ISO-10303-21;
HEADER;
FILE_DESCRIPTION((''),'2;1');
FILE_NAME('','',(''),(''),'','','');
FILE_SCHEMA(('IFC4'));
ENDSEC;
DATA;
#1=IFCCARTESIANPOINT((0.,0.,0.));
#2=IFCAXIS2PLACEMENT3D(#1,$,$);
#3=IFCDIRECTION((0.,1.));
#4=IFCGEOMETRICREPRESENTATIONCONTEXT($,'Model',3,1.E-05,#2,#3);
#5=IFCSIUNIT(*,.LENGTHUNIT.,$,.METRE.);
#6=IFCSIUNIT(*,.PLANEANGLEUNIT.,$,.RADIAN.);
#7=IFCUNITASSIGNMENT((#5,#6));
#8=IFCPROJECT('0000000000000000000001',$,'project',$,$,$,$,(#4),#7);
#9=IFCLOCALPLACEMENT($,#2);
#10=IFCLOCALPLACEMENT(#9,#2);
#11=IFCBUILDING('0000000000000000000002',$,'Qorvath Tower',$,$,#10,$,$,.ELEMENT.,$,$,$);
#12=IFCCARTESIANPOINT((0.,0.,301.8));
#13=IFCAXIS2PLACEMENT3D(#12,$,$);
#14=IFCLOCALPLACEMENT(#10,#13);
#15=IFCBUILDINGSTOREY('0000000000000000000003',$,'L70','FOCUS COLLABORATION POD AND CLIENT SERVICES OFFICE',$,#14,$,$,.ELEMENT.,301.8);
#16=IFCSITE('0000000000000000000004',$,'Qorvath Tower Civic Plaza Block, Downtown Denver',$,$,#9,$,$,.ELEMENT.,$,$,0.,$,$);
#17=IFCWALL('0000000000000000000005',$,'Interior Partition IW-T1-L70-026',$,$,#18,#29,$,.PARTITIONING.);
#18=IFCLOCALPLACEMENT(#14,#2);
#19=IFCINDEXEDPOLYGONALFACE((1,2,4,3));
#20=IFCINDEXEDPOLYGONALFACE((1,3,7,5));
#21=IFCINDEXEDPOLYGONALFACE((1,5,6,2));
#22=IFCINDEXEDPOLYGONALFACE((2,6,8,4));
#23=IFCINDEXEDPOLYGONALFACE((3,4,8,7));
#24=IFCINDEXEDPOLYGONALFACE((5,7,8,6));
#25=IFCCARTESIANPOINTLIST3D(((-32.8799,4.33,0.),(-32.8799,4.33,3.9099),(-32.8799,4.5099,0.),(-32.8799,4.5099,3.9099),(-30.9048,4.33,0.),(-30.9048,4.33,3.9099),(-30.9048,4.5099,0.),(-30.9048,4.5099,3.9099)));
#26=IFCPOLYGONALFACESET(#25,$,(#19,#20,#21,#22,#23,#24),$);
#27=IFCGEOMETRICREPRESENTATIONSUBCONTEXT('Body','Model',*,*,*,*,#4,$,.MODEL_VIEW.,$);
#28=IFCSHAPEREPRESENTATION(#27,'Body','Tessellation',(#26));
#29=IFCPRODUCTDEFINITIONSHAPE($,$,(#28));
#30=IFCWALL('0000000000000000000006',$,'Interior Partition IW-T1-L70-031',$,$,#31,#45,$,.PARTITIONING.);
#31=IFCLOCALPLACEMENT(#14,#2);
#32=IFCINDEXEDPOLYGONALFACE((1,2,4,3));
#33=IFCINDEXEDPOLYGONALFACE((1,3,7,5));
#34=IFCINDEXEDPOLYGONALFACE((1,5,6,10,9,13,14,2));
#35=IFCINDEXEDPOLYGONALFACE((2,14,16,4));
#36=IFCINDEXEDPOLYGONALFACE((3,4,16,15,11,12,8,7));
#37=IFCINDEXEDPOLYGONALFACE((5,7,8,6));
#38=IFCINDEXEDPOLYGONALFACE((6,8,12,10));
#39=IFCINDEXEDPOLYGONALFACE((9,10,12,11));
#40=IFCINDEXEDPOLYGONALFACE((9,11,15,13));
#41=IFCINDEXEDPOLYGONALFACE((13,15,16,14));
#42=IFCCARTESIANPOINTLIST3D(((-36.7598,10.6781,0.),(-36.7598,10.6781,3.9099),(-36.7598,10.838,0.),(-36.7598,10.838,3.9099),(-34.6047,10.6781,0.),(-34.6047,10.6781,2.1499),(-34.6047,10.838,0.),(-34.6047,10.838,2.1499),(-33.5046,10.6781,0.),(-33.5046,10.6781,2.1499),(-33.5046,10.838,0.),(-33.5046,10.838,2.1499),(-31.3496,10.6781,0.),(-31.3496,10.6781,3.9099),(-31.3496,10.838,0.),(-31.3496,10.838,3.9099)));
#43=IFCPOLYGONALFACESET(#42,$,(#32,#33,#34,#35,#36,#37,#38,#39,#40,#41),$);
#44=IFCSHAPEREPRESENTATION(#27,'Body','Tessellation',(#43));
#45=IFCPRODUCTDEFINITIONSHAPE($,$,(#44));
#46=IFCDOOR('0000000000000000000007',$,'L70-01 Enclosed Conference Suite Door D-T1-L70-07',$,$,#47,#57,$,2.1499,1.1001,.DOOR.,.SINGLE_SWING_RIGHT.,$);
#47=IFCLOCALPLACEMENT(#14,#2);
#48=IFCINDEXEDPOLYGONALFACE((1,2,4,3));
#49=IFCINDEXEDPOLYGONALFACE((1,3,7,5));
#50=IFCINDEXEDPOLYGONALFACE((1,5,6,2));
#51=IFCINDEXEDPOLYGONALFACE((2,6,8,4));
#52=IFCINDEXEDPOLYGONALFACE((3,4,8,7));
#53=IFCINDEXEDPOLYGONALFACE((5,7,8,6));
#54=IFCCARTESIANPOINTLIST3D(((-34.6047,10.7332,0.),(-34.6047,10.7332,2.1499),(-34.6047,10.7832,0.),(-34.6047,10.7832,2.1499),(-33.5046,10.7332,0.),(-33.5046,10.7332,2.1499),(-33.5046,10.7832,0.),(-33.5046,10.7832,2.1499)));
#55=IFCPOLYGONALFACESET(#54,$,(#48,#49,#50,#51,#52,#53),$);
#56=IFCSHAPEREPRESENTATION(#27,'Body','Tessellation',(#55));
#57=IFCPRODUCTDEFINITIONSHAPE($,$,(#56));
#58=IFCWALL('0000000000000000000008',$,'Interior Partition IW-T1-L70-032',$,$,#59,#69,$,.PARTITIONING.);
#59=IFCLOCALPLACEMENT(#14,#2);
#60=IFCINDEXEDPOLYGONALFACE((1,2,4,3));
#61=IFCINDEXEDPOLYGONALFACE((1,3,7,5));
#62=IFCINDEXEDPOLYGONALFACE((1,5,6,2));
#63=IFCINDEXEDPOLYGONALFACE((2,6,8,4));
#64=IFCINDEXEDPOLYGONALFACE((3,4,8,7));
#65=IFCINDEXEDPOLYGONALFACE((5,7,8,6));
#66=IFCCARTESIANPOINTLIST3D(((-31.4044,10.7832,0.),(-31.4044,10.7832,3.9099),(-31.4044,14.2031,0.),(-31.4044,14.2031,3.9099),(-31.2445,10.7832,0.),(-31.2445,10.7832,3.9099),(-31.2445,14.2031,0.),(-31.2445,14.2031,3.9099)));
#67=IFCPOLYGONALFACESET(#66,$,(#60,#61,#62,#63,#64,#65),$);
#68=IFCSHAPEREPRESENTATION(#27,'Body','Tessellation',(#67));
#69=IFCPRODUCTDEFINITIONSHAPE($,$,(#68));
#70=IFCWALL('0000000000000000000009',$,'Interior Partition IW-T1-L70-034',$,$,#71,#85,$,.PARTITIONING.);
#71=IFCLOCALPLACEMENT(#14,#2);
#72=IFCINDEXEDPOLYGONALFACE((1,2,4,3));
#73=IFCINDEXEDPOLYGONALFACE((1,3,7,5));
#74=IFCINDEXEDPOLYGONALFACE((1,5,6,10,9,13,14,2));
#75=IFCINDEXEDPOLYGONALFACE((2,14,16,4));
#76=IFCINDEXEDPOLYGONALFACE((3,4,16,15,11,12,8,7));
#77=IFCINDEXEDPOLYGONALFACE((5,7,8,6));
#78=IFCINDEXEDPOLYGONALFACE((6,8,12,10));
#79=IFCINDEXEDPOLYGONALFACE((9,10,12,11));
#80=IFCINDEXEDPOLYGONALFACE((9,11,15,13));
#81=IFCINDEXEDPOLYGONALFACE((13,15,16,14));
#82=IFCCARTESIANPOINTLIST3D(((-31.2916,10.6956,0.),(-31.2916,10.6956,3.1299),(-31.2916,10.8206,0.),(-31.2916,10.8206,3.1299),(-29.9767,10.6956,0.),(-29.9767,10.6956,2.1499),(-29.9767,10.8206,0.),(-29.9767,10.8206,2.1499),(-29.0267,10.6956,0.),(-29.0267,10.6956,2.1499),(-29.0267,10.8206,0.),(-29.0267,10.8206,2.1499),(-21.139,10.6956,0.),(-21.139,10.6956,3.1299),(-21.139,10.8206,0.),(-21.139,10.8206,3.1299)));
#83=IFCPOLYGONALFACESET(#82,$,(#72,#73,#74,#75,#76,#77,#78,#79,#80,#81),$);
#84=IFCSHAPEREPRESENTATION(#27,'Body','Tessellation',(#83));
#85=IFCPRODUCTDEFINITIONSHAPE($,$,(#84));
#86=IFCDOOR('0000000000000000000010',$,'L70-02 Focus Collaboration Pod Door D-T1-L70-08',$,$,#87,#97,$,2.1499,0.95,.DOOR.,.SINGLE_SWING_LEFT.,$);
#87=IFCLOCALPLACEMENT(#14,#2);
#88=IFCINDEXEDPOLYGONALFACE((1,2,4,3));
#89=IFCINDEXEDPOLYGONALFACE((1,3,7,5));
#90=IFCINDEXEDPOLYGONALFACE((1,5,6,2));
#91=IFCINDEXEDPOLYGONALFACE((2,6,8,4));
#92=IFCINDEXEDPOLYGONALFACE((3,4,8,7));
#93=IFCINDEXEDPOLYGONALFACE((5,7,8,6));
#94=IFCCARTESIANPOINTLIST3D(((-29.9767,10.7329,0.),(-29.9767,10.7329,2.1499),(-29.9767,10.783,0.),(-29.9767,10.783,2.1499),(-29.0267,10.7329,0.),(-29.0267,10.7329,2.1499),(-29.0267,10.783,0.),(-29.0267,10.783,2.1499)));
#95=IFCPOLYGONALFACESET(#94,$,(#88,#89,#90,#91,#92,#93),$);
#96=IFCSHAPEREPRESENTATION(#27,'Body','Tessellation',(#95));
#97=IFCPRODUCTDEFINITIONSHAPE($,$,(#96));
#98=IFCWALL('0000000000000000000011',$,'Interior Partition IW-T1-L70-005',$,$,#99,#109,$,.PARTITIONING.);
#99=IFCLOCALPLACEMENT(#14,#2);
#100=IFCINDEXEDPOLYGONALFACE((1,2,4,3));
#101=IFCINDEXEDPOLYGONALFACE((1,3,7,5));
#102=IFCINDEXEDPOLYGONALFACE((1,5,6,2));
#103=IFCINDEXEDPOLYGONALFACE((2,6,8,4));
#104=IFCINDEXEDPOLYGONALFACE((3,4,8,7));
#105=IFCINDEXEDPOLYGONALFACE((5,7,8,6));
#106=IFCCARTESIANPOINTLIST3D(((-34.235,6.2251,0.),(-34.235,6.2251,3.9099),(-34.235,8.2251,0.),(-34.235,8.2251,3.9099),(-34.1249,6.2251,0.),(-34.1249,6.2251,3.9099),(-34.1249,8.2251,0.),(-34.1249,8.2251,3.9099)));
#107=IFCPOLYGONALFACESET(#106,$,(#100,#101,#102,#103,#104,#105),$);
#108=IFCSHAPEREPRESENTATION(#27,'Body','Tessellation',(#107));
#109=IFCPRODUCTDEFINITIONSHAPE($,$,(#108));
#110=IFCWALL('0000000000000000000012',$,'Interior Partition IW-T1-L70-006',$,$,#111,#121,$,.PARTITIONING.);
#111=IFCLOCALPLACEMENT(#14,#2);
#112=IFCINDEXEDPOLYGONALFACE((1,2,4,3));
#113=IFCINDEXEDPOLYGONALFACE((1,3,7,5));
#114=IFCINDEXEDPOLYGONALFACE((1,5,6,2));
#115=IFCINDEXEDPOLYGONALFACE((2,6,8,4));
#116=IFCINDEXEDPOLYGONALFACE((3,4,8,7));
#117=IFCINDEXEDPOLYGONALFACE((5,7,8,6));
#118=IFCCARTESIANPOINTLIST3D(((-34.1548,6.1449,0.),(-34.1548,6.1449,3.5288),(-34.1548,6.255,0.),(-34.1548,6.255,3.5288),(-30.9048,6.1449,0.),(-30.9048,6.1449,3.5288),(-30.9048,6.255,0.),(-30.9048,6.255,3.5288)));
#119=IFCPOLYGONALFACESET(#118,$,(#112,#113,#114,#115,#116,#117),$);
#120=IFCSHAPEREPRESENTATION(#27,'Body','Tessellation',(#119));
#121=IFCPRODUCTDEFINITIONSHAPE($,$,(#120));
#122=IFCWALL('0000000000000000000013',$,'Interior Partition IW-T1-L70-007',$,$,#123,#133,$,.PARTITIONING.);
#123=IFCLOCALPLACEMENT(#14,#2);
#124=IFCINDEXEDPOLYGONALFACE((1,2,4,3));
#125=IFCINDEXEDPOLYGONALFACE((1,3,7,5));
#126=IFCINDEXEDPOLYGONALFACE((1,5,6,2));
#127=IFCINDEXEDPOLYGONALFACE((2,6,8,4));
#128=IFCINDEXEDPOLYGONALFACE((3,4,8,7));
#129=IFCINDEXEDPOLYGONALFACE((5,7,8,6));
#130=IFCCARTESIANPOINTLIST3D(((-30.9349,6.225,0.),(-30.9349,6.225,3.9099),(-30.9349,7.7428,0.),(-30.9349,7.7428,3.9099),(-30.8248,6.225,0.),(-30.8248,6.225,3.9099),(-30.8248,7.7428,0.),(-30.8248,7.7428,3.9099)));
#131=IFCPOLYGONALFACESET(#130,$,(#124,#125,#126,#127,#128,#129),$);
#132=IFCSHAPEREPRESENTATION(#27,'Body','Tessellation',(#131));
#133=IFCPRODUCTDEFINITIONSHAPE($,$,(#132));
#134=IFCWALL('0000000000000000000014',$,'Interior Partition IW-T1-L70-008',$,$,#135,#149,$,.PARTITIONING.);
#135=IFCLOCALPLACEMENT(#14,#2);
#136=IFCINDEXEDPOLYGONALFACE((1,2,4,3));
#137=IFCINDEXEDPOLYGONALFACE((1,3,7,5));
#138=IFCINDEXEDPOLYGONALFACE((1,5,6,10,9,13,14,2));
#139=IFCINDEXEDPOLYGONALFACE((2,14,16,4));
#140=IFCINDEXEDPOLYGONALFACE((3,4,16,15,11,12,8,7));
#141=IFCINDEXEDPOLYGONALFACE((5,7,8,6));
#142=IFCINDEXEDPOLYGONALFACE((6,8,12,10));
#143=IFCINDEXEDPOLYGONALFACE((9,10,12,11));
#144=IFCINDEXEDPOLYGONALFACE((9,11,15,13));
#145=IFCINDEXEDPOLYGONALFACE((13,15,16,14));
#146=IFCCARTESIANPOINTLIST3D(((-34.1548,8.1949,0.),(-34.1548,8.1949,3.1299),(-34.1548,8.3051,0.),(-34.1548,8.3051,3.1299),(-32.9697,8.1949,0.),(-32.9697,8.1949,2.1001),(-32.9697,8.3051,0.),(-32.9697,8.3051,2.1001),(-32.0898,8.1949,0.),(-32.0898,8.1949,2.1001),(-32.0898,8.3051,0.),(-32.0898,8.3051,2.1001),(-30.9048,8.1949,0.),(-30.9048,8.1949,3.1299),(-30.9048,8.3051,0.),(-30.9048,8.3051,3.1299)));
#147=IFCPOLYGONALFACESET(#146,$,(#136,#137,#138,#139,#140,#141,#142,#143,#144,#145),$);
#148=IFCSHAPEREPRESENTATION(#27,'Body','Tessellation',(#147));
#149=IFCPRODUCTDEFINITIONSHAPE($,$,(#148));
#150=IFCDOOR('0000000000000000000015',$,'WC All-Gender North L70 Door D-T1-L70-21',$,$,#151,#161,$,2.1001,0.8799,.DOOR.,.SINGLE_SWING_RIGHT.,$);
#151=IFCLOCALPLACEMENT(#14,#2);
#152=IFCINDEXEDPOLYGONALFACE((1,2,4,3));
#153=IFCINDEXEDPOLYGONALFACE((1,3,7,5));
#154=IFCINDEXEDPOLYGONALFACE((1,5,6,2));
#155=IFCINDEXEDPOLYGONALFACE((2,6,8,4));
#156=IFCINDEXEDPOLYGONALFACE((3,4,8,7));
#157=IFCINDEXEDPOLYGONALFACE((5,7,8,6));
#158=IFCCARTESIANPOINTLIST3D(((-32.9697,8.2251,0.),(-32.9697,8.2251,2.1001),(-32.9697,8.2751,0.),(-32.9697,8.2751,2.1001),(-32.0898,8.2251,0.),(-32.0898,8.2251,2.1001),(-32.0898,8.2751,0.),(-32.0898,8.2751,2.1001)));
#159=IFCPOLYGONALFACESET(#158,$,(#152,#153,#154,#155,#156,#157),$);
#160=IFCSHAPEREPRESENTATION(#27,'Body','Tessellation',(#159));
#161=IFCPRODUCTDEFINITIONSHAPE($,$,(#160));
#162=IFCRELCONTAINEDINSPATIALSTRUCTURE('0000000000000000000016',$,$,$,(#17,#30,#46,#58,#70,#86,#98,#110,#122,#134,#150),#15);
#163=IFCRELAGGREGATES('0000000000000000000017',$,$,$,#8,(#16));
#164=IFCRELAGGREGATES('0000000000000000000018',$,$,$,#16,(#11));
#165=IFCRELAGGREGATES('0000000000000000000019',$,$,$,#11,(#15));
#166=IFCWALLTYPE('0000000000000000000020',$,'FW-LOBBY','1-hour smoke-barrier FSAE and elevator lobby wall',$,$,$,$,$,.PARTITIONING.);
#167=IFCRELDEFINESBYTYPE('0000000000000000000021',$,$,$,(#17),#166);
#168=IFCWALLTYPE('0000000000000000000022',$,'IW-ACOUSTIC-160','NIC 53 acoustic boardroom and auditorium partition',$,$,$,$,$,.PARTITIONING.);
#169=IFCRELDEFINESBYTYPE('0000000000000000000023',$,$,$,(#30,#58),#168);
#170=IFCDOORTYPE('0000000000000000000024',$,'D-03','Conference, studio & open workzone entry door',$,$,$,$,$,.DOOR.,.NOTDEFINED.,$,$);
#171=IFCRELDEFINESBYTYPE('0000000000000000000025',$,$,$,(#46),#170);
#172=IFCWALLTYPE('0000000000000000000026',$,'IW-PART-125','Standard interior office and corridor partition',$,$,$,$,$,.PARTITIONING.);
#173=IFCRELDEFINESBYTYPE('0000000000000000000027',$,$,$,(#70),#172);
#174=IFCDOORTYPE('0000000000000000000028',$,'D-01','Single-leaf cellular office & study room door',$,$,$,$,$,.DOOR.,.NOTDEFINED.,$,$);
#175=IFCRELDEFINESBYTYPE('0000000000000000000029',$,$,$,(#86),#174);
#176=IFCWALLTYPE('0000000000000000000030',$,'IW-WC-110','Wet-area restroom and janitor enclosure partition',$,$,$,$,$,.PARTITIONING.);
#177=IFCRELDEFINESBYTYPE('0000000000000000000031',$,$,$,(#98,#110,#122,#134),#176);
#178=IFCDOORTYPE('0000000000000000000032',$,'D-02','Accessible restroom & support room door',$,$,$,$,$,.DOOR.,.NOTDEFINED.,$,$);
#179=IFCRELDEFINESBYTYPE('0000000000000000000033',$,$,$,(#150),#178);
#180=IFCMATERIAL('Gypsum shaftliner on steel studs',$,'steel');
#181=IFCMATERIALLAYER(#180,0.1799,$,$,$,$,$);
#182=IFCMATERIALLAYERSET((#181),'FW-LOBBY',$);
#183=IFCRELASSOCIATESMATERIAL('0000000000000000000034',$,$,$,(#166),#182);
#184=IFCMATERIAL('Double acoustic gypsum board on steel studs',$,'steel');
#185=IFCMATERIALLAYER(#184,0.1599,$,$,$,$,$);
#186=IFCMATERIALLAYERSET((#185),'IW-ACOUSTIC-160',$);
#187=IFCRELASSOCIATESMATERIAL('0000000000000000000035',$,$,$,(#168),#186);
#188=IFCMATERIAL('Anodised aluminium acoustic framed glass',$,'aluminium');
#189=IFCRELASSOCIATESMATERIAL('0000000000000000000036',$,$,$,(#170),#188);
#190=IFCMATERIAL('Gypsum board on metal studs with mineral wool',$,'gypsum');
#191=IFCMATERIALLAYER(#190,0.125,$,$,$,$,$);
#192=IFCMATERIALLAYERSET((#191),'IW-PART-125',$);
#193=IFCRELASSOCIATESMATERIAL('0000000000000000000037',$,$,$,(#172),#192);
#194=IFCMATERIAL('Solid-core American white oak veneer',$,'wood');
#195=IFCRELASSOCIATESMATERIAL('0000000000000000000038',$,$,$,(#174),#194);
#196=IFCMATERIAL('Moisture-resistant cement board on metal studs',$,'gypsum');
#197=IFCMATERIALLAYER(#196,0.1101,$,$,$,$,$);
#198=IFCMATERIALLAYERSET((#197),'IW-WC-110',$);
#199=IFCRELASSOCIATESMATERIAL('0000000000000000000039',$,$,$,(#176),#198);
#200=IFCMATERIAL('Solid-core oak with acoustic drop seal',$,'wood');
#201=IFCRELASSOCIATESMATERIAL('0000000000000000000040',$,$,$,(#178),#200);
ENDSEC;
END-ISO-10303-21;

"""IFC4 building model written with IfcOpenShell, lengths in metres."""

from ifc_helpers import new_model, si_unit, direction, frame, frame_2d, origin, place, context, subcontext, project, spatial, rectangle, extrude, material, layer, layer_set, type_object, element, fill, save


model = new_model("IFC4")

# Units and contexts
model_context = context("Model", 3, precision=1e-05, world=origin(), true_north=direction((0.0, 1.0)))
body_context = subcontext(model_context, "Body", "Model", "MODEL_VIEW")
ifc_project = project(units=[si_unit("LENGTHUNIT", "METRE"), si_unit("PLANEANGLEUNIT", "RADIAN")], contexts=[model_context])

# Site, building, storey
site_placement = place(None, origin())
site = spatial("IfcSite", under=ifc_project, at=site_placement, Name="Qorvath Tower Civic Plaza Block, Downtown Denver", CompositionType="ELEMENT", RefElevation=0.0)
building_placement = place(site_placement, origin())
building = spatial("IfcBuilding", under=site, at=building_placement, Name="Qorvath Tower", CompositionType="ELEMENT")
storey_placement = place(building_placement, frame((0.0, 0.0, 301.8)))
storey = spatial("IfcBuildingStorey", under=building, at=storey_placement, Name="L70", Description="FOCUS COLLABORATION POD AND CLIENT SERVICES OFFICE", CompositionType="ELEMENT", Elevation=301.8)

# Shared definitions
ifc_material_1 = material(Name="Gypsum shaftliner on steel studs", Category="steel")
ifc_layer_1 = layer(ifc_material_1, 0.1799)
ifc_layer_set_1 = layer_set([ifc_layer_1], Name="FW-LOBBY")
wall_type_1 = type_object("IfcWallType", Name="FW-LOBBY", Description="1-hour smoke-barrier FSAE and elevator lobby wall", PredefinedType="PARTITIONING", material=ifc_layer_set_1)

# Wall
wall_1_placement = place(storey_placement, frame((-30.9048, 4.4199, 0.0), z_axis=(0.0, 0.0, 1.0), x_axis=(-1.0, 0.0, 0.0)))
element("IfcWall", 1, at=wall_1_placement, inside=storey, type_object=wall_type_1, Name="Interior Partition IW-T1-L70-026", PredefinedType="PARTITIONING", context=body_context, shape_type="SweptSolid", body=[
    extrude(rectangle(XDim=1.9751, YDim=0.1799, at=frame_2d((0.9875, 0.0))), origin(), (0.0, 0.0, 1.0), 3.9099),
])

# Wall, opening, door
ifc_material_2 = material(Name="Double acoustic gypsum board on steel studs", Category="steel")
ifc_layer_2 = layer(ifc_material_2, 0.1599)
ifc_layer_set_2 = layer_set([ifc_layer_2], Name="IW-ACOUSTIC-160")
wall_type_2 = type_object("IfcWallType", Name="IW-ACOUSTIC-160", Description="NIC 53 acoustic boardroom and auditorium partition", PredefinedType="PARTITIONING", material=ifc_layer_set_2)
wall_2_placement = place(storey_placement, frame((-31.3496, 10.7581, 0.0), z_axis=(0.0, 0.0, 1.0), x_axis=(-1.0, 0.0, 0.0)))
wall_2 = element("IfcWall", 2, at=wall_2_placement, inside=storey, type_object=wall_type_2, Name="Interior Partition IW-T1-L70-031", PredefinedType="PARTITIONING", context=body_context, shape_type="SweptSolid", body=[
    extrude(rectangle(XDim=5.4102, YDim=0.1599, at=frame_2d((2.7051, 0.0))), origin(), (0.0, 0.0, 1.0), 3.9099),
])
opening_1_placement = place(wall_2_placement, frame((2.155, 0.0, 0.0)))
opening_1 = element("IfcOpeningElement", 3, at=opening_1_placement, cuts=wall_2, PredefinedType="OPENING", context=body_context, shape_type="SweptSolid", body=[
    extrude(rectangle(XDim=1.1001, YDim=2.1499, at=frame_2d((0.55, 1.075))), frame((0.0, 0.0898, 0.0), z_axis=(0.0, -1.0, 0.0), x_axis=(1.0, 0.0, 0.0)), (0.0, 0.0, 1.0), 0.1799),
])
ifc_material_3 = material(Name="Anodised aluminium acoustic framed glass", Category="aluminium")
door_type_1 = type_object("IfcDoorType", Name="D-03", Description="Conference, studio & open workzone entry door", OperationType="NOTDEFINED", PredefinedType="DOOR", material=ifc_material_3)
door_1_placement = place(opening_1_placement, origin())
door_1 = element("IfcDoor", 4, at=door_1_placement, inside=storey, type_object=door_type_1, Name="L70-01 Enclosed Conference Suite Door D-T1-L70-07", OperationType="SINGLE_SWING_RIGHT", OverallHeight=2.1499, OverallWidth=1.1001, PredefinedType="DOOR", context=body_context, shape_type="SweptSolid", body=[
    extrude(rectangle(XDim=1.1001, YDim=2.1499, at=frame_2d((0.55, 1.075))), frame((0.0, 0.0249, 0.0), z_axis=(0.0, -1.0, 0.0), x_axis=(1.0, 0.0, 0.0)), (0.0, 0.0, 1.0), 0.05),
])
fill(opening_1, door_1)

# Wall
wall_3_placement = place(storey_placement, frame((-31.3245, 10.7832, 0.0), z_axis=(0.0, 0.0, 1.0), x_axis=(0.0, 1.0, 0.0)))
element("IfcWall", 5, at=wall_3_placement, inside=storey, type_object=wall_type_2, Name="Interior Partition IW-T1-L70-032", PredefinedType="PARTITIONING", context=body_context, shape_type="SweptSolid", body=[
    extrude(rectangle(XDim=3.4199, YDim=0.1599, at=frame_2d((1.71, 0.0))), origin(), (0.0, 0.0, 1.0), 3.9099),
])

# Wall, opening, door
ifc_material_4 = material(Name="Gypsum board on metal studs with mineral wool", Category="gypsum")
ifc_layer_3 = layer(ifc_material_4, 0.125)
ifc_layer_set_3 = layer_set([ifc_layer_3], Name="IW-PART-125")
wall_type_3 = type_object("IfcWallType", Name="IW-PART-125", Description="Standard interior office and corridor partition", PredefinedType="PARTITIONING", material=ifc_layer_set_3)
wall_4_placement = place(storey_placement, frame((-31.2915, 10.7581, 0.0), z_axis=(0.0, 0.0, 1.0), x_axis=(1.0, 0.0, 0.0)))
wall_4 = element("IfcWall", 6, at=wall_4_placement, inside=storey, type_object=wall_type_3, Name="Interior Partition IW-T1-L70-034", PredefinedType="PARTITIONING", context=body_context, shape_type="SweptSolid", body=[
    extrude(rectangle(XDim=10.1526, YDim=0.125, at=frame_2d((5.0762, 0.0))), origin(), (0.0, 0.0, 1.0), 3.1299),
])
opening_2_placement = place(wall_4_placement, frame((1.3147, 0.0, 0.0)))
opening_2 = element("IfcOpeningElement", 7, at=opening_2_placement, cuts=wall_4, PredefinedType="OPENING", context=body_context, shape_type="SweptSolid", body=[
    extrude(rectangle(XDim=0.95, YDim=2.1499, at=frame_2d((0.4751, 1.075))), frame((0.0, 0.0725, 0.0), z_axis=(0.0, -1.0, 0.0), x_axis=(1.0, 0.0, 0.0)), (0.0, 0.0, 1.0), 0.145),
])
ifc_material_5 = material(Name="Solid-core American white oak veneer", Category="wood")
door_type_2 = type_object("IfcDoorType", Name="D-01", Description="Single-leaf cellular office & study room door", OperationType="NOTDEFINED", PredefinedType="DOOR", material=ifc_material_5)
door_2_placement = place(opening_2_placement, origin())
door_2 = element("IfcDoor", 8, at=door_2_placement, inside=storey, type_object=door_type_2, Name="L70-02 Focus Collaboration Pod Door D-T1-L70-08", OperationType="SINGLE_SWING_LEFT", OverallHeight=2.1499, OverallWidth=0.95, PredefinedType="DOOR", context=body_context, shape_type="SweptSolid", body=[
    extrude(rectangle(XDim=0.95, YDim=2.1499, at=frame_2d((0.4751, 1.075))), frame((0.0, 0.0249, 0.0), z_axis=(0.0, -1.0, 0.0), x_axis=(1.0, 0.0, 0.0)), (0.0, 0.0, 1.0), 0.05),
])
fill(opening_2, door_2)

# Walls
ifc_material_6 = material(Name="Moisture-resistant cement board on metal studs", Category="gypsum")
ifc_layer_4 = layer(ifc_material_6, 0.1101)
ifc_layer_set_4 = layer_set([ifc_layer_4], Name="IW-WC-110")
wall_type_4 = type_object("IfcWallType", Name="IW-WC-110", Description="Wet-area restroom and janitor enclosure partition", PredefinedType="PARTITIONING", material=ifc_layer_set_4)
wall_5_placement = place(storey_placement, frame((-34.1799, 8.2251, 0.0), z_axis=(0.0, 0.0, 1.0), x_axis=(0.0, -1.0, 0.0)))
element("IfcWall", 9, at=wall_5_placement, inside=storey, type_object=wall_type_4, Name="Interior Partition IW-T1-L70-005", PredefinedType="PARTITIONING", context=body_context, shape_type="SweptSolid", body=[
    extrude(rectangle(XDim=2.0, YDim=0.1101, at=frame_2d((1.0, 0.0))), origin(), (0.0, 0.0, 1.0), 3.9099),
])
wall_6_placement = place(storey_placement, frame((-34.1548, 6.2, 0.0), z_axis=(0.0, 0.0, 1.0), x_axis=(1.0, 0.0, 0.0)))
element("IfcWall", 10, at=wall_6_placement, inside=storey, type_object=wall_type_4, Name="Interior Partition IW-T1-L70-006", PredefinedType="PARTITIONING", context=body_context, shape_type="SweptSolid", body=[
    extrude(rectangle(XDim=3.25, YDim=0.1101, at=frame_2d((1.625, 0.0))), origin(), (0.0, 0.0, 1.0), 3.5288),
])
wall_7_placement = place(storey_placement, frame((-30.8799, 6.2251, 0.0), z_axis=(0.0, 0.0, 1.0), x_axis=(0.0, 1.0, 0.0)))
element("IfcWall", 11, at=wall_7_placement, inside=storey, type_object=wall_type_4, Name="Interior Partition IW-T1-L70-007", PredefinedType="PARTITIONING", context=body_context, shape_type="SweptSolid", body=[
    extrude(rectangle(XDim=1.5178, YDim=0.1101, at=frame_2d((0.7588, 0.0))), origin(), (0.0, 0.0, 1.0), 3.9099),
])

# Wall, opening, door
wall_8_placement = place(storey_placement, frame((-30.9048, 8.25, 0.0), z_axis=(0.0, 0.0, 1.0), x_axis=(-1.0, 0.0, 0.0)))
wall_8 = element("IfcWall", 12, at=wall_8_placement, inside=storey, type_object=wall_type_4, Name="Interior Partition IW-T1-L70-008", PredefinedType="PARTITIONING", context=body_context, shape_type="SweptSolid", body=[
    extrude(rectangle(XDim=3.25, YDim=0.1101, at=frame_2d((1.625, 0.0))), origin(), (0.0, 0.0, 1.0), 3.1299),
])
opening_3_placement = place(wall_8_placement, frame((1.1851, 0.0, 0.0)))
opening_3 = element("IfcOpeningElement", 13, at=opening_3_placement, cuts=wall_8, PredefinedType="OPENING", context=body_context, shape_type="SweptSolid", body=[
    extrude(rectangle(XDim=0.8799, YDim=2.1001, at=frame_2d((0.4399, 1.05))), frame((0.0, 0.0649, 0.0), z_axis=(0.0, -1.0, 0.0), x_axis=(1.0, 0.0, 0.0)), (0.0, 0.0, 1.0), 0.1301),
])
ifc_material_7 = material(Name="Solid-core oak with acoustic drop seal", Category="wood")
door_type_3 = type_object("IfcDoorType", Name="D-02", Description="Accessible restroom & support room door", OperationType="NOTDEFINED", PredefinedType="DOOR", material=ifc_material_7)
door_3_placement = place(opening_3_placement, origin())
door_3 = element("IfcDoor", 14, at=door_3_placement, inside=storey, type_object=door_type_3, Name="WC All-Gender North L70 Door D-T1-L70-21", OperationType="SINGLE_SWING_RIGHT", OverallHeight=2.1001, OverallWidth=0.8799, PredefinedType="DOOR", context=body_context, shape_type="SweptSolid", body=[
    extrude(rectangle(XDim=0.8799, YDim=2.1001, at=frame_2d((0.4399, 1.05))), frame((0.0, 0.0249, 0.0), z_axis=(0.0, -1.0, 0.0), x_axis=(1.0, 0.0, 0.0)), (0.0, 0.0, 1.0), 0.05),
])
fill(opening_3, door_3)

save(model, "model.ifc")
